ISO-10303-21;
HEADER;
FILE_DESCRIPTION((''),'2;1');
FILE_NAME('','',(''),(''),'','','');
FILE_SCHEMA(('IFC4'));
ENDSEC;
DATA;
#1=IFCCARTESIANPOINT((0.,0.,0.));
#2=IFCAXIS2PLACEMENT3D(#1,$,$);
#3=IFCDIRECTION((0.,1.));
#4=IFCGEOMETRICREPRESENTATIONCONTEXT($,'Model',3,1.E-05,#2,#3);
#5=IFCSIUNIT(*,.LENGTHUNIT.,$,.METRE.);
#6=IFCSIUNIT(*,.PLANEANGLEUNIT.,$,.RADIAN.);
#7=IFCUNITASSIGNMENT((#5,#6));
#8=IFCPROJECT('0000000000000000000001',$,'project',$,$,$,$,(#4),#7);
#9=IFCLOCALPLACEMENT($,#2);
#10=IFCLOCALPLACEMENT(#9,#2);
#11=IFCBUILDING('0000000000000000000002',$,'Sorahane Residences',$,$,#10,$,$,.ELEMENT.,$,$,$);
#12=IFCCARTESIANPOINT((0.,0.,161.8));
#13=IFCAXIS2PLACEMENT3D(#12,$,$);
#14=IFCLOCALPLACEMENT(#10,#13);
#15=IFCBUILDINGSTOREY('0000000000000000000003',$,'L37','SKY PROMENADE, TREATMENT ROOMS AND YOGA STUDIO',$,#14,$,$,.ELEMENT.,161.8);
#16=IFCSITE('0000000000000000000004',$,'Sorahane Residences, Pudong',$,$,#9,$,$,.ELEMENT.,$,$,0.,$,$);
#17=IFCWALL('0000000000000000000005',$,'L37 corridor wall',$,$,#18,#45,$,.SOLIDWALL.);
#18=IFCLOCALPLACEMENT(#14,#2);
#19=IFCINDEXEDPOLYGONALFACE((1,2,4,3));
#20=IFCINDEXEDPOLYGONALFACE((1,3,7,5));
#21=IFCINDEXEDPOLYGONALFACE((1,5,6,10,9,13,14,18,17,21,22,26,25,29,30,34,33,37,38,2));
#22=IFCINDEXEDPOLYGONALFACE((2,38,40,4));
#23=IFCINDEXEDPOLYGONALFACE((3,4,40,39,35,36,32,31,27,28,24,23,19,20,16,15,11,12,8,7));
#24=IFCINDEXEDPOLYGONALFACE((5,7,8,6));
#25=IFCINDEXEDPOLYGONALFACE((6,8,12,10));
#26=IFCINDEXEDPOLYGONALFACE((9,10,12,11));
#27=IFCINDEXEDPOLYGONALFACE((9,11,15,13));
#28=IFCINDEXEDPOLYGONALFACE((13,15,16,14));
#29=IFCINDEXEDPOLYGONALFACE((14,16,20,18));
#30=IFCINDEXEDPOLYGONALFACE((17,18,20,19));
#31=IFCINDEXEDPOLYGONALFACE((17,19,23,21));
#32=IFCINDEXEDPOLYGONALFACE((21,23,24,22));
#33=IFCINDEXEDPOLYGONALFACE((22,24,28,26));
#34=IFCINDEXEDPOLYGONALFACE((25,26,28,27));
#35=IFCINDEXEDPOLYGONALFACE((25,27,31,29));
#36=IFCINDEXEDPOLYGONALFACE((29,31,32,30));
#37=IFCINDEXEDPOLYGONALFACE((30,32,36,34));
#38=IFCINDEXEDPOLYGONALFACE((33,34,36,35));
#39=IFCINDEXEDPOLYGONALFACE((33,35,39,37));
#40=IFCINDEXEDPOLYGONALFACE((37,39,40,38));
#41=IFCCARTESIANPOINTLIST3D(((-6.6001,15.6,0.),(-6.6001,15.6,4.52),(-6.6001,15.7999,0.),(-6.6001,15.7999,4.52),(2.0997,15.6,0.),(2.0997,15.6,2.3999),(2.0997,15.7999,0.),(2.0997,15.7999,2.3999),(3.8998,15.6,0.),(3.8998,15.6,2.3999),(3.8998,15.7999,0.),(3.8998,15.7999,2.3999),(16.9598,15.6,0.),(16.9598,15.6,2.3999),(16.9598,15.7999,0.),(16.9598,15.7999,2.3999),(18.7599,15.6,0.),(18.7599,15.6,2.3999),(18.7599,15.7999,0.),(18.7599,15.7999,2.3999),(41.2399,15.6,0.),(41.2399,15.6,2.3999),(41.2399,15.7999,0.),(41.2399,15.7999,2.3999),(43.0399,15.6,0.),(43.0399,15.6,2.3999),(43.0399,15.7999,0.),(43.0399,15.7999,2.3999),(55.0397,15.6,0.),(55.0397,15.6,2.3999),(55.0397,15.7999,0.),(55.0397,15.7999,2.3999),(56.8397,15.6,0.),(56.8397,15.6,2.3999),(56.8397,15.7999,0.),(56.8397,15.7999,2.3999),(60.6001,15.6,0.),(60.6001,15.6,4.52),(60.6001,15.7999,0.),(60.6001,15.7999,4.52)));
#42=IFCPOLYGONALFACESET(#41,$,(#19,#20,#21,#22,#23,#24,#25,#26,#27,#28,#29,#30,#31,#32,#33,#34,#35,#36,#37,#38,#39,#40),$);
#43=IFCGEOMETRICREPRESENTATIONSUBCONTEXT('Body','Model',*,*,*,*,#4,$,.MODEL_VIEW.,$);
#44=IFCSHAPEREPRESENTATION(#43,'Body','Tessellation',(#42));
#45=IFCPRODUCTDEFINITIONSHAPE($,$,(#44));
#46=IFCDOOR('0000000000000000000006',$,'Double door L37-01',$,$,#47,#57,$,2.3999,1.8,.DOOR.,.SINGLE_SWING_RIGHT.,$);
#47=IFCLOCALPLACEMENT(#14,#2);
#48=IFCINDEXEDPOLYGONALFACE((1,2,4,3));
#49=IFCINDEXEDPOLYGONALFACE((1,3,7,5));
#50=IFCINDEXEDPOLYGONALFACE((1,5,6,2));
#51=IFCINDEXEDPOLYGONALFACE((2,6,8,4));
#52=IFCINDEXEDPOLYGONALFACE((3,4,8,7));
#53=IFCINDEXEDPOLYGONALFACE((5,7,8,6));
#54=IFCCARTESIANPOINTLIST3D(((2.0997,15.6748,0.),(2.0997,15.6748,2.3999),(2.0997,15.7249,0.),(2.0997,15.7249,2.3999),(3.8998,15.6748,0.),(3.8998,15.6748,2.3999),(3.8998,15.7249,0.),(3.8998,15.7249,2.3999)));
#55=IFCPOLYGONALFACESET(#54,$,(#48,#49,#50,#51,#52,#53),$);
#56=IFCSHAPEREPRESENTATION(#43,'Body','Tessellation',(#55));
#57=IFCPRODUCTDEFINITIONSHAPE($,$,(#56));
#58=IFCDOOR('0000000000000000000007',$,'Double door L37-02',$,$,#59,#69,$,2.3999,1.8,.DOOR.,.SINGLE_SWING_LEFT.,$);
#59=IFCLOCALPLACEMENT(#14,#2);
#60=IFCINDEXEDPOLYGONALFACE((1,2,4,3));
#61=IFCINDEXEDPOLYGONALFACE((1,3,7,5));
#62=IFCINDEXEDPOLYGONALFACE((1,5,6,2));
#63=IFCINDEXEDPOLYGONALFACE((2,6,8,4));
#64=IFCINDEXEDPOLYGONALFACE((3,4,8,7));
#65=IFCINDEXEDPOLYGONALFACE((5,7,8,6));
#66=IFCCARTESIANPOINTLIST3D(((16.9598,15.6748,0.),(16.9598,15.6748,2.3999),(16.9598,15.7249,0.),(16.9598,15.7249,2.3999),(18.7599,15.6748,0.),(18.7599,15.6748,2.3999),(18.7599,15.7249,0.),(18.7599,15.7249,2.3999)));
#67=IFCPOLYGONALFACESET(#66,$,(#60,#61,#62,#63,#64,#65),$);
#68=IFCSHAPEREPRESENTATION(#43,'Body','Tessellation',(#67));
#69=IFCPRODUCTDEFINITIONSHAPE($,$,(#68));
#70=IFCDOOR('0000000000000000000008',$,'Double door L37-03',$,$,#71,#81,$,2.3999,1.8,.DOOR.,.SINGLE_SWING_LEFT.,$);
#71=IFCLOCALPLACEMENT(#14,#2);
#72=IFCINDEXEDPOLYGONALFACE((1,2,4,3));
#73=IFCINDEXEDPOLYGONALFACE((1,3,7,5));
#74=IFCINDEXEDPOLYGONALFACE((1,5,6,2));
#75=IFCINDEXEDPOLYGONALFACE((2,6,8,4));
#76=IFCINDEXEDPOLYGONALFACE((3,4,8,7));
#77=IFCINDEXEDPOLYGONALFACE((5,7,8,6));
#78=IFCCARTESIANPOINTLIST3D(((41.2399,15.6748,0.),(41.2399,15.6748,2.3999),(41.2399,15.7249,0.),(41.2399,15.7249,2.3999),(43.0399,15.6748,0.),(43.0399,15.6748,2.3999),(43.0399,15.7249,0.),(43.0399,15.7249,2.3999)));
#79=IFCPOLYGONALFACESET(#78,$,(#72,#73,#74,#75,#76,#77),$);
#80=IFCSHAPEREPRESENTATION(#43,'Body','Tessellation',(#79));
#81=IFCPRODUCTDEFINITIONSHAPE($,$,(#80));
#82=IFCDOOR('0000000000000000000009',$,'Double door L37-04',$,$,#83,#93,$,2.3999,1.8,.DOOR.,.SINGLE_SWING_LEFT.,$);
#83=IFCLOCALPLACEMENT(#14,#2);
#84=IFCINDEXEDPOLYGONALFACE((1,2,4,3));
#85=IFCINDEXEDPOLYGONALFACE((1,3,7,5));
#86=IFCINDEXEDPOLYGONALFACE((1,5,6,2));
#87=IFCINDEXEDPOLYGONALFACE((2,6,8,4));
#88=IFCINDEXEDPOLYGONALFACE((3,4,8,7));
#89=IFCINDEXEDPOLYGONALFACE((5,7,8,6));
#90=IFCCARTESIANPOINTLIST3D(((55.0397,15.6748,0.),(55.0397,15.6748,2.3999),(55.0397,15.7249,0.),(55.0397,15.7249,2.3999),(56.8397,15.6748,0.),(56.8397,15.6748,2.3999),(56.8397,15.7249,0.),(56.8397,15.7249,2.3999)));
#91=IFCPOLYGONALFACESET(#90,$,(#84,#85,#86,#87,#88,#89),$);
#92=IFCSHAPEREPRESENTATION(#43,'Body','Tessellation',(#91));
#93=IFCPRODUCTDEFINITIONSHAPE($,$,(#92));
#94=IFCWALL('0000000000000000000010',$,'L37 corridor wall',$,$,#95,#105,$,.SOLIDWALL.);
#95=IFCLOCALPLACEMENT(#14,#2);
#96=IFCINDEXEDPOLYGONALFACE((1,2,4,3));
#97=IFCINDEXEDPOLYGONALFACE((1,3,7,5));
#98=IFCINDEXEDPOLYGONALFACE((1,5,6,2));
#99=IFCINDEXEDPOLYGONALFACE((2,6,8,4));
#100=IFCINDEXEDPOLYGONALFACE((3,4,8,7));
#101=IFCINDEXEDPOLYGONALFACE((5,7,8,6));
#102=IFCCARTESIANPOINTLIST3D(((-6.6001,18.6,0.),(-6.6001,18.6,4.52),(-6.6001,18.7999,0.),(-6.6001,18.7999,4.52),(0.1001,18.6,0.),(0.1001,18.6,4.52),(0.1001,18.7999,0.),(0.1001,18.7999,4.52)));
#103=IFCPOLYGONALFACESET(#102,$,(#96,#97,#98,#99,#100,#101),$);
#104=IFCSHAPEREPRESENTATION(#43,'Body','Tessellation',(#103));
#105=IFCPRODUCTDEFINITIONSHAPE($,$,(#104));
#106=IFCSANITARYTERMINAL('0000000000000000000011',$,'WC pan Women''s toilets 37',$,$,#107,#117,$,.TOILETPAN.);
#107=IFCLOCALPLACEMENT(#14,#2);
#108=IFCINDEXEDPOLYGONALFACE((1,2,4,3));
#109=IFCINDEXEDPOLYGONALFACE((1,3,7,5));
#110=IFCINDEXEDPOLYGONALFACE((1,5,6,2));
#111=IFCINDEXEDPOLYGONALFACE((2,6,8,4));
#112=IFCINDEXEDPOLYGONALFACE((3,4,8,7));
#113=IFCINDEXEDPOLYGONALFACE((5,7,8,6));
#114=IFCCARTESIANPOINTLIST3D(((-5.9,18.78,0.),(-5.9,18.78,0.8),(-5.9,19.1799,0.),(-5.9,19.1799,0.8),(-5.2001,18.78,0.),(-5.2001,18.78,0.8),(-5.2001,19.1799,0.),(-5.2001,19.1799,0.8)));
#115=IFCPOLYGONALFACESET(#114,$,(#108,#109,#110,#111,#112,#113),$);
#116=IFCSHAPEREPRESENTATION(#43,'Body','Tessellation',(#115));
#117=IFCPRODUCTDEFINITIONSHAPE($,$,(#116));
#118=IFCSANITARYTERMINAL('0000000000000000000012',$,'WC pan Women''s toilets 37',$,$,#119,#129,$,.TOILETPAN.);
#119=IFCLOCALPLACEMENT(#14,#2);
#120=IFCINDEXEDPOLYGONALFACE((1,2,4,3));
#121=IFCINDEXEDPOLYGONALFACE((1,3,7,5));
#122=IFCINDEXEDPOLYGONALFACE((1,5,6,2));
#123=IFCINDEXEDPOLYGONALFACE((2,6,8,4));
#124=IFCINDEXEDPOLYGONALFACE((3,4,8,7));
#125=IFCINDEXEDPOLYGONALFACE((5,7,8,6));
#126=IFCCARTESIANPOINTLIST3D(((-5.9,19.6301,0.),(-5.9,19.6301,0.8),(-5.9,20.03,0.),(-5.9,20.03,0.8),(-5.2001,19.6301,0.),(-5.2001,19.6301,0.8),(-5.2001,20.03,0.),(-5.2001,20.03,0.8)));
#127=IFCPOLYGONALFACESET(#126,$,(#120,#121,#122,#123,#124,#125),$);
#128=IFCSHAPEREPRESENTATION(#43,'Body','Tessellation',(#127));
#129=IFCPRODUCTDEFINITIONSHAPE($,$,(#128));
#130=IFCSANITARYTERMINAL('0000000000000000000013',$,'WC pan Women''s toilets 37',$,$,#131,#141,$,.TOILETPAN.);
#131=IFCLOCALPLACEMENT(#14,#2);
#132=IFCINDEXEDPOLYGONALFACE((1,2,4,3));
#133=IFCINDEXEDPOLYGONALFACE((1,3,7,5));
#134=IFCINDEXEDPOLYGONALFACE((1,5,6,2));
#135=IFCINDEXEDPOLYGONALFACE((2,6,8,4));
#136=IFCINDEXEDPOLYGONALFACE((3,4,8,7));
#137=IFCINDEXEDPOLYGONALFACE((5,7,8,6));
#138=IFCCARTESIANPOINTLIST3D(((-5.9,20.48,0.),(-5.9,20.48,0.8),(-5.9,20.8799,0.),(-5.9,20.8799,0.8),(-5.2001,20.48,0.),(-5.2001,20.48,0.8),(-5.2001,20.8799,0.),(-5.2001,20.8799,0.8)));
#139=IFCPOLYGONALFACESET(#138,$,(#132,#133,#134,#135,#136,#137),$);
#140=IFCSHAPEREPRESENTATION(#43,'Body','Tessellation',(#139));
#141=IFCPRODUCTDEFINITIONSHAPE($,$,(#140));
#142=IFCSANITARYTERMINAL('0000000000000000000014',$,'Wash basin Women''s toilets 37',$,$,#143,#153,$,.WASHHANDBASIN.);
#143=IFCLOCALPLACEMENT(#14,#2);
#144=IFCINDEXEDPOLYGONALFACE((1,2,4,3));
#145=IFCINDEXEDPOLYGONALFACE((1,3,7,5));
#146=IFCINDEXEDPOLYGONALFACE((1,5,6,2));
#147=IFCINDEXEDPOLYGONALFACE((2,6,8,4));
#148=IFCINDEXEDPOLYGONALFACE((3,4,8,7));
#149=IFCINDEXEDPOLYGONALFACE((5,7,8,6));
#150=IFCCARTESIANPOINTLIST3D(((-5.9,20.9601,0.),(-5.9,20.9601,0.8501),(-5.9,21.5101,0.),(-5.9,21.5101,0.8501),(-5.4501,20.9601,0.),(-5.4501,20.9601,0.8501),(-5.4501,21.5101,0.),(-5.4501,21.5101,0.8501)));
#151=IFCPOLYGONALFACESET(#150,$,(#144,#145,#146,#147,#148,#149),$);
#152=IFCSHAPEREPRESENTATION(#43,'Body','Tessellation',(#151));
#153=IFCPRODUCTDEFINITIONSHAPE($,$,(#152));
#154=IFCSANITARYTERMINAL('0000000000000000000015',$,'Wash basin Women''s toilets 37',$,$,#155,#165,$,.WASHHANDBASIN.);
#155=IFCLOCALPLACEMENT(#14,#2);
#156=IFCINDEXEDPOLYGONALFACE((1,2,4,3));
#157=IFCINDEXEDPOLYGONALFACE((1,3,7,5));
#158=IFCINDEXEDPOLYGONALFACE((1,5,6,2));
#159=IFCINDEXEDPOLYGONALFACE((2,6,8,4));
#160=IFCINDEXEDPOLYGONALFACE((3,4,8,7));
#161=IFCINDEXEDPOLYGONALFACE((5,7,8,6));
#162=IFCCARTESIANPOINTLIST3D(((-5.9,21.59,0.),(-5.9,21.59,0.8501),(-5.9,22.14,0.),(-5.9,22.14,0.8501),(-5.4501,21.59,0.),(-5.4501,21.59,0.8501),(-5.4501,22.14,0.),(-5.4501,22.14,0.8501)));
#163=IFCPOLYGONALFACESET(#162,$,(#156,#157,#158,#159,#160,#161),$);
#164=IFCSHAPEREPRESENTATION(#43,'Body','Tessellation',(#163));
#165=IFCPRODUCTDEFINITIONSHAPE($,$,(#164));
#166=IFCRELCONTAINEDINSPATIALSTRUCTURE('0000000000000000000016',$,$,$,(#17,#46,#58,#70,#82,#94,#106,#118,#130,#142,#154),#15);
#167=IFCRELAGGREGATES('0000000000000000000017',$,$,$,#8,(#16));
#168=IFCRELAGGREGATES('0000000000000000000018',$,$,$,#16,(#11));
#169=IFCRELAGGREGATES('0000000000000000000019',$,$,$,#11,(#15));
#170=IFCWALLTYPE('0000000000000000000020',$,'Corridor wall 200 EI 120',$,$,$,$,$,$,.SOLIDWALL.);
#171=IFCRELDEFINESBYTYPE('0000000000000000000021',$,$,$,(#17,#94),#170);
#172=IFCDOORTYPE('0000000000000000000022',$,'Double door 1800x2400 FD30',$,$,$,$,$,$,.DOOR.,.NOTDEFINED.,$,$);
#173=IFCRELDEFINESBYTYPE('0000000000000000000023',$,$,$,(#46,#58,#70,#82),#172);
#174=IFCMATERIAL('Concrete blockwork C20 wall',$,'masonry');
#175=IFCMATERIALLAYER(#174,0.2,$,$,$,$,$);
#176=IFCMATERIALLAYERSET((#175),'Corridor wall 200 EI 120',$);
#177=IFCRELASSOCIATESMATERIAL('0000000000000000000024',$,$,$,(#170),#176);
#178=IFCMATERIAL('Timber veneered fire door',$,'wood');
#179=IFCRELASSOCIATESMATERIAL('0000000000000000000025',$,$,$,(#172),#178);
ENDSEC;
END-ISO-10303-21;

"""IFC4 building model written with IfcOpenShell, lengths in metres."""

from ifc_helpers import new_model, si_unit, direction, frame, frame_2d, origin, origin_2d, place, context, subcontext, project, spatial, rectangle, extrude, material, layer, layer_set, type_object, element, fill, save


model = new_model("IFC4")

# Units and contexts
model_context = context("Model", 3, precision=1e-05, world=origin(), true_north=direction((0.0, 1.0)))
body_context = subcontext(model_context, "Body", "Model", "MODEL_VIEW")
ifc_project = project(units=[si_unit("LENGTHUNIT", "METRE"), si_unit("PLANEANGLEUNIT", "RADIAN")], contexts=[model_context])

# Site, building, storey
site_placement = place(None, origin())
site = spatial("IfcSite", under=ifc_project, at=site_placement, Name="Sorahane Residences, Pudong", CompositionType="ELEMENT", RefElevation=0.0)
building_placement = place(site_placement, origin())
building = spatial("IfcBuilding", under=site, at=building_placement, Name="Sorahane Residences", CompositionType="ELEMENT")
storey_placement = place(building_placement, frame((0.0, 0.0, 161.8)))
storey = spatial("IfcBuildingStorey", under=building, at=storey_placement, Name="L37", Description="SKY PROMENADE, TREATMENT ROOMS AND YOGA STUDIO", CompositionType="ELEMENT", Elevation=161.8)

# Wall, openings, doors
ifc_material_1 = material(Name="Concrete blockwork C20 wall", Category="masonry")
ifc_layer_1 = layer(ifc_material_1, 0.2)
ifc_layer_set_1 = layer_set([ifc_layer_1], Name="Corridor wall 200 EI 120")
wall_type = type_object("IfcWallType", Name="Corridor wall 200 EI 120", PredefinedType="SOLIDWALL", material=ifc_layer_set_1)
wall_1_placement = place(storey_placement, frame((-6.6001, 15.7, 0.0), z_axis=(0.0, 0.0, 1.0), x_axis=(1.0, 0.0, 0.0)))
wall_1 = element("IfcWall", 1, at=wall_1_placement, inside=storey, type_object=wall_type, Name="L37 corridor wall", PredefinedType="SOLIDWALL", context=body_context, shape_type="SweptSolid", body=[
    extrude(rectangle(XDim=67.2002, YDim=0.2, at=frame_2d((33.6001, 0.0))), origin(), (0.0, 0.0, 1.0), 4.52),
])
opening_1_placement = place(wall_1_placement, frame((8.7, 0.0, 0.0)))
opening_1 = element("IfcOpeningElement", 2, at=opening_1_placement, cuts=wall_1, PredefinedType="OPENING", context=body_context, shape_type="SweptSolid", body=[
    extrude(rectangle(XDim=1.8, YDim=2.3999, at=frame_2d((0.8999, 1.2))), frame((0.0, 0.1099, 0.0), z_axis=(0.0, -1.0, 0.0), x_axis=(1.0, 0.0, 0.0)), (0.0, 0.0, 1.0), 0.22),
])
opening_2_placement = place(wall_1_placement, frame((23.5601, 0.0, 0.0)))
opening_2 = element("IfcOpeningElement", 3, at=opening_2_placement, cuts=wall_1, PredefinedType="OPENING", context=body_context, shape_type="SweptSolid", body=[
    extrude(rectangle(XDim=1.8, YDim=2.3999, at=frame_2d((0.8999, 1.2))), frame((0.0, 0.1099, 0.0), z_axis=(0.0, -1.0, 0.0), x_axis=(1.0, 0.0, 0.0)), (0.0, 0.0, 1.0), 0.22),
])
opening_3_placement = place(wall_1_placement, frame((47.8401, 0.0, 0.0)))
opening_3 = element("IfcOpeningElement", 4, at=opening_3_placement, cuts=wall_1, PredefinedType="OPENING", context=body_context, shape_type="SweptSolid", body=[
    extrude(rectangle(XDim=1.8, YDim=2.3999, at=frame_2d((0.8999, 1.2))), frame((0.0, 0.1099, 0.0), z_axis=(0.0, -1.0, 0.0), x_axis=(1.0, 0.0, 0.0)), (0.0, 0.0, 1.0), 0.22),
])
opening_4_placement = place(wall_1_placement, frame((61.6399, 0.0, 0.0)))
opening_4 = element("IfcOpeningElement", 5, at=opening_4_placement, cuts=wall_1, PredefinedType="OPENING", context=body_context, shape_type="SweptSolid", body=[
    extrude(rectangle(XDim=1.8, YDim=2.3999, at=frame_2d((0.8999, 1.2))), frame((0.0, 0.1099, 0.0), z_axis=(0.0, -1.0, 0.0), x_axis=(1.0, 0.0, 0.0)), (0.0, 0.0, 1.0), 0.22),
])
ifc_material_2 = material(Name="Timber veneered fire door", Category="wood")
door_type = type_object("IfcDoorType", Name="Double door 1800x2400 FD30", OperationType="NOTDEFINED", PredefinedType="DOOR", material=ifc_material_2)
door_1_placement = place(opening_1_placement, origin())
door_1 = element("IfcDoor", 6, at=door_1_placement, inside=storey, type_object=door_type, Name="Double door L37-01", OperationType="SINGLE_SWING_RIGHT", OverallHeight=2.3999, OverallWidth=1.8, PredefinedType="DOOR", context=body_context, shape_type="SweptSolid", body=[
    extrude(rectangle(XDim=1.8, YDim=2.3999, at=frame_2d((0.8999, 1.2))), frame((0.0, 0.0249, 0.0), z_axis=(0.0, -1.0, 0.0), x_axis=(1.0, 0.0, 0.0)), (0.0, 0.0, 1.0), 0.05),
])
fill(opening_1, door_1)
door_2_placement = place(opening_2_placement, origin())
door_2 = element("IfcDoor", 7, at=door_2_placement, inside=storey, type_object=door_type, Name="Double door L37-02", OperationType="SINGLE_SWING_LEFT", OverallHeight=2.3999, OverallWidth=1.8, PredefinedType="DOOR", context=body_context, shape_type="SweptSolid", body=[
    extrude(rectangle(XDim=1.8, YDim=2.3999, at=frame_2d((0.8999, 1.2))), frame((0.0, 0.0249, 0.0), z_axis=(0.0, -1.0, 0.0), x_axis=(1.0, 0.0, 0.0)), (0.0, 0.0, 1.0), 0.05),
])
fill(opening_2, door_2)
door_3_placement = place(opening_3_placement, origin())
door_3 = element("IfcDoor", 8, at=door_3_placement, inside=storey, type_object=door_type, Name="Double door L37-03", OperationType="SINGLE_SWING_LEFT", OverallHeight=2.3999, OverallWidth=1.8, PredefinedType="DOOR", context=body_context, shape_type="SweptSolid", body=[
    extrude(rectangle(XDim=1.8, YDim=2.3999, at=frame_2d((0.8999, 1.2))), frame((0.0, 0.0249, 0.0), z_axis=(0.0, -1.0, 0.0), x_axis=(1.0, 0.0, 0.0)), (0.0, 0.0, 1.0), 0.05),
])
fill(opening_3, door_3)
door_4_placement = place(opening_4_placement, origin())
door_4 = element("IfcDoor", 9, at=door_4_placement, inside=storey, type_object=door_type, Name="Double door L37-04", OperationType="SINGLE_SWING_LEFT", OverallHeight=2.3999, OverallWidth=1.8, PredefinedType="DOOR", context=body_context, shape_type="SweptSolid", body=[
    extrude(rectangle(XDim=1.8, YDim=2.3999, at=frame_2d((0.8999, 1.2))), frame((0.0, 0.0249, 0.0), z_axis=(0.0, -1.0, 0.0), x_axis=(1.0, 0.0, 0.0)), (0.0, 0.0, 1.0), 0.05),
])
fill(opening_4, door_4)

# Wall
wall_2_placement = place(storey_placement, frame((-6.6001, 18.7, 0.0), z_axis=(0.0, 0.0, 1.0), x_axis=(1.0, 0.0, 0.0)))
element("IfcWall", 10, at=wall_2_placement, inside=storey, type_object=wall_type, Name="L37 corridor wall", PredefinedType="SOLIDWALL", context=body_context, shape_type="SweptSolid", body=[
    extrude(rectangle(XDim=6.7002, YDim=0.2, at=frame_2d((3.3501, 0.0))), origin(), (0.0, 0.0, 1.0), 4.52),
])

# Sanitary terminals
for number, where, z_axis, x_axis, name in (
    (11, (-5.55, 18.98, 0.0), (0.0, 0.0, 1.0), (0.0, 1.0, 0.0), "WC pan Women's toilets 37"),
    (12, (-5.55, 19.8301, 0.0), (0.0, 0.0, 1.0), (0.0, 1.0, 0.0), "WC pan Women's toilets 37"),
    (13, (-5.55, 20.6799, 0.0), (0.0, 0.0, 1.0), (0.0, 1.0, 0.0), "WC pan Women's toilets 37"),
):
    element("IfcSanitaryTerminal", number, at=place(storey_placement, frame(where, z_axis=z_axis, x_axis=x_axis)), inside=storey, Name=name, PredefinedType="TOILETPAN", context=body_context, shape_type="SweptSolid", body=[
        extrude(rectangle(XDim=0.3999, YDim=0.7, at=origin_2d()), origin(), (0.0, 0.0, 1.0), 0.8),
    ])
for number, where, z_axis, x_axis, name in (
    (14, (-5.675, 21.2351, 0.0), (0.0, 0.0, 1.0), (0.0, 1.0, 0.0), "Wash basin Women's toilets 37"),
    (15, (-5.675, 21.865, 0.0), (0.0, 0.0, 1.0), (0.0, 1.0, 0.0), "Wash basin Women's toilets 37"),
):
    element("IfcSanitaryTerminal", number, at=place(storey_placement, frame(where, z_axis=z_axis, x_axis=x_axis)), inside=storey, Name=name, PredefinedType="WASHHANDBASIN", context=body_context, shape_type="SweptSolid", body=[
        extrude(rectangle(XDim=0.55, YDim=0.45, at=origin_2d()), origin(), (0.0, 0.0, 1.0), 0.8501),
    ])

save(model, "model.ifc")
